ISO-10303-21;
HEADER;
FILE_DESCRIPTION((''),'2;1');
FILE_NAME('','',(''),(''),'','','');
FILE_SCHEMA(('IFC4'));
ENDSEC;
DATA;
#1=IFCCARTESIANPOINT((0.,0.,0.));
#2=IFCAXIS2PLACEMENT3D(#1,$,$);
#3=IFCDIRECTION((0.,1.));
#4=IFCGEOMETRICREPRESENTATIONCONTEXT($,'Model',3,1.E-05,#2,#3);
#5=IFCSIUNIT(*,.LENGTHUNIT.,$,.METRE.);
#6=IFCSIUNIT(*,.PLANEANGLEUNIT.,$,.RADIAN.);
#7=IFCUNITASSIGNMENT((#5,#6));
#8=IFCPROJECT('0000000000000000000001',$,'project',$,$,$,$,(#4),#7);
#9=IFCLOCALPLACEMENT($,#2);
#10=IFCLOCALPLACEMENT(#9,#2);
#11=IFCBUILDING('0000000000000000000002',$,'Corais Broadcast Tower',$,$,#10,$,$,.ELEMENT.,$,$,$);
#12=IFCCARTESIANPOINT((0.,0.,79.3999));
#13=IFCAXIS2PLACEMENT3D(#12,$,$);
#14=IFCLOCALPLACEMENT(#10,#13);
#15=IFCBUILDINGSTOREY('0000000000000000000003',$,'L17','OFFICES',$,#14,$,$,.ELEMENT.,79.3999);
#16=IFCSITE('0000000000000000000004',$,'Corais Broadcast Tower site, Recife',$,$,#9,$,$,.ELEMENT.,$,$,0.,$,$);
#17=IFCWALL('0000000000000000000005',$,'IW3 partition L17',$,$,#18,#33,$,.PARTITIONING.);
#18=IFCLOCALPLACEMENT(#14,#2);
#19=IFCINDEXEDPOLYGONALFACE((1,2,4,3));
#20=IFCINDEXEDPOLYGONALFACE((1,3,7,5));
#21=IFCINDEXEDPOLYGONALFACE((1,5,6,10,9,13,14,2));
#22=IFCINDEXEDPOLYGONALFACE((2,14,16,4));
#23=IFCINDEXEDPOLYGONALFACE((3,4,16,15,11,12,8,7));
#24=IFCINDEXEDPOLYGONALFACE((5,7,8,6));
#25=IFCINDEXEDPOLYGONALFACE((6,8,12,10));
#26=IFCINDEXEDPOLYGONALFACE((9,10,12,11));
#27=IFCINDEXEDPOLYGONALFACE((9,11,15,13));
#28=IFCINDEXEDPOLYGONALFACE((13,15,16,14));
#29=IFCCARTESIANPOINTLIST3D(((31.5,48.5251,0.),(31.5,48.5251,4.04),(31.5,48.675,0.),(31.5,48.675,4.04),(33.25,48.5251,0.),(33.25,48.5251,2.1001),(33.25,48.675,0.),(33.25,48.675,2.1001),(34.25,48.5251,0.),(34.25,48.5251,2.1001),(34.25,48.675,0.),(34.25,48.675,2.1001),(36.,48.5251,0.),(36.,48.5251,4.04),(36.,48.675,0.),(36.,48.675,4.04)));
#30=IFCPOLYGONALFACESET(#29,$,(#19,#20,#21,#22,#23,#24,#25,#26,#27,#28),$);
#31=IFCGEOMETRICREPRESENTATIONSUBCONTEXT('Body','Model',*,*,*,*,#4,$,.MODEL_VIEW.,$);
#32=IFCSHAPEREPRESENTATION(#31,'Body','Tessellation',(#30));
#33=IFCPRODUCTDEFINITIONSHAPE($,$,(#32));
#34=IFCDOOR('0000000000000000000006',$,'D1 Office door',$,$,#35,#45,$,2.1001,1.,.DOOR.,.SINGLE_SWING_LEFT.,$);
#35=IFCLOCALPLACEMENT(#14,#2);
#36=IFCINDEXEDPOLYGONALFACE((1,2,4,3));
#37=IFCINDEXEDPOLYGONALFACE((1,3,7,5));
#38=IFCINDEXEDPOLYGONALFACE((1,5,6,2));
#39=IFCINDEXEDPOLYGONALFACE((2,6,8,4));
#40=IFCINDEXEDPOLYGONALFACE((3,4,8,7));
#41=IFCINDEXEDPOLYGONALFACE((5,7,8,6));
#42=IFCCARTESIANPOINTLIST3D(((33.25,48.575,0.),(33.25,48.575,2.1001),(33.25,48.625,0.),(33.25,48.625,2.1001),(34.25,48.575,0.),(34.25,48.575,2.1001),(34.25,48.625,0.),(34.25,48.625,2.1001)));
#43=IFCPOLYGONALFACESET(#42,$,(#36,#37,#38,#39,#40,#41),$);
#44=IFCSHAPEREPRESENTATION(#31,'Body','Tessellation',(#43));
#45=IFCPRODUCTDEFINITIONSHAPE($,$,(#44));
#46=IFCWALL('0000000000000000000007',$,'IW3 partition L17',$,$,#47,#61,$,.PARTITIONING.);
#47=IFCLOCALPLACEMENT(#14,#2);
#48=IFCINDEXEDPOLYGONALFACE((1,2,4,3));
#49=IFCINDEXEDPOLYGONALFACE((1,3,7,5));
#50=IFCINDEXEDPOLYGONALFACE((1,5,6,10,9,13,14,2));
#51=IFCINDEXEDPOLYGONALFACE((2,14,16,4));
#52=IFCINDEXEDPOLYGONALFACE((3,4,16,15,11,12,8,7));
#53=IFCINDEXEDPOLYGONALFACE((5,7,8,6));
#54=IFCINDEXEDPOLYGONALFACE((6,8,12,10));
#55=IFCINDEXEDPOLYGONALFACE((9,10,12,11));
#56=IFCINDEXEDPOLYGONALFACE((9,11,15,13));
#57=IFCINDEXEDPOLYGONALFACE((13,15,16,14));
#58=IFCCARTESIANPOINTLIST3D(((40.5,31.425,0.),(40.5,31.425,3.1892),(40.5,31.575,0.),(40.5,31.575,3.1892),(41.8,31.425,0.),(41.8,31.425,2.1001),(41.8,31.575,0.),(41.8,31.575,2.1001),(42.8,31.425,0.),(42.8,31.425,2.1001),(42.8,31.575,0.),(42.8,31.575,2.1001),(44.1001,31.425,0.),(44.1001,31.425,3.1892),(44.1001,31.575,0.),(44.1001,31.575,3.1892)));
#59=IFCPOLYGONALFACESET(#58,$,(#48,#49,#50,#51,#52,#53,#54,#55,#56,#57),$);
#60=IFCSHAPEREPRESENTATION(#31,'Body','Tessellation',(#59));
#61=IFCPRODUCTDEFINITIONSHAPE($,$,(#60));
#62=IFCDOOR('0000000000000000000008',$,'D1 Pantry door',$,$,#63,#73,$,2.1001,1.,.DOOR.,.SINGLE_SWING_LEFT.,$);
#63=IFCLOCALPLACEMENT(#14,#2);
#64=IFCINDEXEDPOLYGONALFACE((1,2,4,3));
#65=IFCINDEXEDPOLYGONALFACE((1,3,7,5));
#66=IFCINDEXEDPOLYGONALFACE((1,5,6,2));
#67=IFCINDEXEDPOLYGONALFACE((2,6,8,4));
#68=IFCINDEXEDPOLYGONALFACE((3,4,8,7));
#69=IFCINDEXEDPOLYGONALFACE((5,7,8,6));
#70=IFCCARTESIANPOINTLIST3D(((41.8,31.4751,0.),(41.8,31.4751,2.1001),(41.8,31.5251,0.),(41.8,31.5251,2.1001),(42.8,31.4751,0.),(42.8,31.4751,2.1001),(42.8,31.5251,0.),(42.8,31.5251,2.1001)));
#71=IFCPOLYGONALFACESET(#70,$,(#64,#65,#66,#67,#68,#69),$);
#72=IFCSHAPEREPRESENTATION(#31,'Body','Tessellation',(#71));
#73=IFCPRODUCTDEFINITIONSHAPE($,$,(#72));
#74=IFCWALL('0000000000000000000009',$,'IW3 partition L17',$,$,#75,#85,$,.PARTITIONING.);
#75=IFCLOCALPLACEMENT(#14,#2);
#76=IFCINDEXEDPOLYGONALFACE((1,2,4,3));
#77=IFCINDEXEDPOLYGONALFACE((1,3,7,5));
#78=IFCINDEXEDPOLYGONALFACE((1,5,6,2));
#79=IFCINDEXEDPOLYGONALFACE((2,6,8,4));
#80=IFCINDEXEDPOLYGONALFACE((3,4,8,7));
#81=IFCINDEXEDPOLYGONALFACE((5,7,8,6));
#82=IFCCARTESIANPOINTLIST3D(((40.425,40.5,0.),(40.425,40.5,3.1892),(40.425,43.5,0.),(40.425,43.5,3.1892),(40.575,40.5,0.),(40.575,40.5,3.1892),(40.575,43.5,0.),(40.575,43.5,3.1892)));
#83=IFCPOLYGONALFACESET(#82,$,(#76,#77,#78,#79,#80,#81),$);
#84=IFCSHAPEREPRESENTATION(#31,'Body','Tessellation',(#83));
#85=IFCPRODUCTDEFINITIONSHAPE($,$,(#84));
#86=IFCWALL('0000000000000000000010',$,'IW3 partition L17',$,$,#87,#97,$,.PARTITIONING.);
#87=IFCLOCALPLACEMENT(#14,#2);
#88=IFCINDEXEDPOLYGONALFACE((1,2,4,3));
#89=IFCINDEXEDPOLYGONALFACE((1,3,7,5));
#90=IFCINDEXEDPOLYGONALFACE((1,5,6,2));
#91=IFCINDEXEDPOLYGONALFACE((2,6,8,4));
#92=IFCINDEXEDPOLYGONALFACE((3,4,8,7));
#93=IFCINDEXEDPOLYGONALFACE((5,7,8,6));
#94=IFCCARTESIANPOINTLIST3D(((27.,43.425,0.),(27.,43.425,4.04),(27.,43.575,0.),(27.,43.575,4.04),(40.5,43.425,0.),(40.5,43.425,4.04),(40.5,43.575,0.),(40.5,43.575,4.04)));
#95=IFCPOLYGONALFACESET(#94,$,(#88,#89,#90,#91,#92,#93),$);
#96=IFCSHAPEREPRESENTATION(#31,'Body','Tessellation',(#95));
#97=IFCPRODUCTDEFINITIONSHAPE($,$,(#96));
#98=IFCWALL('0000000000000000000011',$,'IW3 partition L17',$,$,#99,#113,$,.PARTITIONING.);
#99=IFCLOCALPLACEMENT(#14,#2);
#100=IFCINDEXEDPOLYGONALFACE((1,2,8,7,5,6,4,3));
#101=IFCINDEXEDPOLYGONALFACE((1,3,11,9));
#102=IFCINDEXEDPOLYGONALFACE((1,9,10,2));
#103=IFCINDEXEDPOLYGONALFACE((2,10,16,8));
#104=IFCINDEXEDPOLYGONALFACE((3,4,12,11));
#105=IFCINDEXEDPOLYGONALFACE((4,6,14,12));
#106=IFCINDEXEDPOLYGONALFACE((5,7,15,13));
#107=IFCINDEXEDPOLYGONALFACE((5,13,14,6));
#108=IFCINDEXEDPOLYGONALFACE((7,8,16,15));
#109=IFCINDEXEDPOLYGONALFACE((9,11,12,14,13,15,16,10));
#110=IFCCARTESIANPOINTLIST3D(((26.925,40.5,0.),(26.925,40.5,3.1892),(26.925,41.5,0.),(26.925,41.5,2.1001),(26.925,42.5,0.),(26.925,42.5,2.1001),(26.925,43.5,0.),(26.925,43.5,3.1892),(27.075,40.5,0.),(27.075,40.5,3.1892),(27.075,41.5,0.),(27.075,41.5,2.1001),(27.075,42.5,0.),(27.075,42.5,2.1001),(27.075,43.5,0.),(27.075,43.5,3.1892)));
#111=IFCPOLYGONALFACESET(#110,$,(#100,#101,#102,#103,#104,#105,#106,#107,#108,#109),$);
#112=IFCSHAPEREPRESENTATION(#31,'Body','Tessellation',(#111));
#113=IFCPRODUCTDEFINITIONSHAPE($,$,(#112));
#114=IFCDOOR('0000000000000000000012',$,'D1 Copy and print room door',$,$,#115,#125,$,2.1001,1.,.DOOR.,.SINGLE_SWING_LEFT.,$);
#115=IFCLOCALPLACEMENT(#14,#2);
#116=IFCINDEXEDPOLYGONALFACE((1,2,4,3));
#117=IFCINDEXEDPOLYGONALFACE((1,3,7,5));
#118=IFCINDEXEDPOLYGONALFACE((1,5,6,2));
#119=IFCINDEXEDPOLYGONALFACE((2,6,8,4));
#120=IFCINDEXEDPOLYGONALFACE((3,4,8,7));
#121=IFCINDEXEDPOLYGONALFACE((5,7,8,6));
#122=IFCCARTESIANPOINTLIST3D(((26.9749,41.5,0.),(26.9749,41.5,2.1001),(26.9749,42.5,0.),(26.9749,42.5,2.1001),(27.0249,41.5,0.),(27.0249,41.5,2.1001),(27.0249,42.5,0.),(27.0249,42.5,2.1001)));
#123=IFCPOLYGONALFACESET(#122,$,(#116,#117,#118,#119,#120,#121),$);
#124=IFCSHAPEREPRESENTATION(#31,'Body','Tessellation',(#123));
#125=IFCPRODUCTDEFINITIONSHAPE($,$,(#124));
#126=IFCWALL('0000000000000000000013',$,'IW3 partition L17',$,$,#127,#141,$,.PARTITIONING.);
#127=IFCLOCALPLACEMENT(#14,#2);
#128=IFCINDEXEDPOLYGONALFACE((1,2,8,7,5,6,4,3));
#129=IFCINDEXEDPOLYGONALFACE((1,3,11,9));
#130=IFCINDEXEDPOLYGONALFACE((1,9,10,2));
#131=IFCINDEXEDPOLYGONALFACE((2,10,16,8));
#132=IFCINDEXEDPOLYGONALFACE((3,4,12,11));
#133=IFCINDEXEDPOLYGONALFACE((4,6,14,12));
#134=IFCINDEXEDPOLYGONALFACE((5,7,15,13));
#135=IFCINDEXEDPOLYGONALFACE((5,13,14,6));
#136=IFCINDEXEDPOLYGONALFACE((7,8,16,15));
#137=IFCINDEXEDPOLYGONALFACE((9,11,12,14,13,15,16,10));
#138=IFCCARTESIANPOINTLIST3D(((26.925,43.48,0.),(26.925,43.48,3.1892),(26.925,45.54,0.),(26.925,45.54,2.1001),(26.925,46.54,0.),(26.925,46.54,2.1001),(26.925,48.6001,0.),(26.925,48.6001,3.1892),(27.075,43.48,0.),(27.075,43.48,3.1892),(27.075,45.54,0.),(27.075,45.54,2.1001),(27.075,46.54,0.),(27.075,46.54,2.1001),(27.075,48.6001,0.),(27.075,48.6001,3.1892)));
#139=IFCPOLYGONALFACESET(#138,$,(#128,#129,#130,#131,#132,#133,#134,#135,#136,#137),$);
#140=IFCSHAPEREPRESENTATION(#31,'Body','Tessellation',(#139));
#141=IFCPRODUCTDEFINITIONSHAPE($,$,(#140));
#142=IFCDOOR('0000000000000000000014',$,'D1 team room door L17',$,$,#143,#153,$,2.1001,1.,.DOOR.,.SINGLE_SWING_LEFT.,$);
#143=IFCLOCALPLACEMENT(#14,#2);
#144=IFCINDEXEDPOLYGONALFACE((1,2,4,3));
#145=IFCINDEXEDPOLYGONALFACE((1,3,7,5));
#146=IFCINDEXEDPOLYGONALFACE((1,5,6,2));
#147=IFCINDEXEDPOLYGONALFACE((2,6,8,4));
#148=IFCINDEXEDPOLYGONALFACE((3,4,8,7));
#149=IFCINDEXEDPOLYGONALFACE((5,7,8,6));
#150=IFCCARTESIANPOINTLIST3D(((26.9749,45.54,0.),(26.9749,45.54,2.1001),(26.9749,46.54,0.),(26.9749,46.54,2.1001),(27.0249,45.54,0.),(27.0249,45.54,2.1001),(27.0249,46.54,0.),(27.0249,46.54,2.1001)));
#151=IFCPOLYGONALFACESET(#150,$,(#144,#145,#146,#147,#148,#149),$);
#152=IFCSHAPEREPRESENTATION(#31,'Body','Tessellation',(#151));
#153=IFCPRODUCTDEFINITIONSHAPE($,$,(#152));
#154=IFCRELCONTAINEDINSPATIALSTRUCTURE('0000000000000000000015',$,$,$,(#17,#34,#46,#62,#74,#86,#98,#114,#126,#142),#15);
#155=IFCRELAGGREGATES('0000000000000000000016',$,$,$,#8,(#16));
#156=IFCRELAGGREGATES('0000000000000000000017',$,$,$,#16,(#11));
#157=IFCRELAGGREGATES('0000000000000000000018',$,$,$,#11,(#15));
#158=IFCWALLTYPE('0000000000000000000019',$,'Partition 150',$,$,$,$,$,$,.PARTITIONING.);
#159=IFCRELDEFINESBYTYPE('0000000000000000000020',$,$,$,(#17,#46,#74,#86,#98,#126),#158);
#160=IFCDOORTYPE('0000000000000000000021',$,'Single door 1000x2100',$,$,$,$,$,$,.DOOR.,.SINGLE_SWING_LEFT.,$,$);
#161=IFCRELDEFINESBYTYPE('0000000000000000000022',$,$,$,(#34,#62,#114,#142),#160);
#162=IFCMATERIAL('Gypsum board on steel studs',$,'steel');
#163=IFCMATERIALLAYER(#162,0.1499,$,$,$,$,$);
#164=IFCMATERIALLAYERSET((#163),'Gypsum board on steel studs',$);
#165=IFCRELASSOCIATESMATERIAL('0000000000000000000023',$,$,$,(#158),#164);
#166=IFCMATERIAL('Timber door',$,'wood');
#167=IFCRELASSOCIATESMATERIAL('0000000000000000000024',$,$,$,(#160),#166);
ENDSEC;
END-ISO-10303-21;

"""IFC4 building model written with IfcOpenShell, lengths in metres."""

from ifc_helpers import new_model, si_unit, direction, frame, frame_2d, origin, place, context, subcontext, project, spatial, rectangle, extrude, material, layer, layer_set, type_object, element, fill, save


model = new_model("IFC4")

# Units and contexts
model_context = context("Model", 3, precision=1e-05, world=origin(), true_north=direction((0.0, 1.0)))
body_context = subcontext(model_context, "Body", "Model", "MODEL_VIEW")
ifc_project = project(units=[si_unit("LENGTHUNIT", "METRE"), si_unit("PLANEANGLEUNIT", "RADIAN")], contexts=[model_context])

# Site, building, storey
site_placement = place(None, origin())
site = spatial("IfcSite", under=ifc_project, at=site_placement, Name="Corais Broadcast Tower site, Recife", CompositionType="ELEMENT", RefElevation=0.0)
building_placement = place(site_placement, origin())
building = spatial("IfcBuilding", under=site, at=building_placement, Name="Corais Broadcast Tower", CompositionType="ELEMENT")
storey_placement = place(building_placement, frame((0.0, 0.0, 79.3999)))
storey = spatial("IfcBuildingStorey", under=building, at=storey_placement, Name="L17", Description="OFFICES", CompositionType="ELEMENT", Elevation=79.3999)

# Shared definitions
ifc_material_1 = material(Name="Gypsum board on steel studs", Category="steel")
ifc_layer_1 = layer(ifc_material_1, 0.1499)
ifc_layer_set_1 = layer_set([ifc_layer_1], Name="Gypsum board on steel studs")
wall_type_1 = type_object("IfcWallType", Name="Partition 150", PredefinedType="PARTITIONING", material=ifc_layer_set_1)

# Shared definitions
ifc_material_2 = material(Name="Timber door", Category="wood")
door_type = type_object("IfcDoorType", Name="Single door 1000x2100", OperationType="SINGLE_SWING_LEFT", PredefinedType="DOOR", material=ifc_material_2)

# Walls, openings, doors
wall_1_placement = place(storey_placement, frame((31.5, 48.6001, 0.0), z_axis=(0.0, 0.0, 1.0), x_axis=(1.0, 0.0, 0.0)))
wall_1 = element("IfcWall", 1, at=wall_1_placement, inside=storey, type_object=wall_type_1, Name="IW3 partition L17", PredefinedType="PARTITIONING", context=body_context, shape_type="SweptSolid", body=[
    extrude(rectangle(XDim=4.5, YDim=0.1499, at=frame_2d((2.25, 0.0))), origin(), (0.0, 0.0, 1.0), 4.04),
])
opening_1_placement = place(wall_1_placement, frame((1.75, 0.0, 0.0)))
opening_1 = element("IfcOpeningElement", 2, at=opening_1_placement, cuts=wall_1, PredefinedType="OPENING", context=body_context, shape_type="SweptSolid", body=[
    extrude(rectangle(XDim=1.0, YDim=2.1001, at=frame_2d((0.5, 1.05))), frame((0.0, 0.085, 0.0), z_axis=(0.0, -1.0, 0.0), x_axis=(1.0, 0.0, 0.0)), (0.0, 0.0, 1.0), 0.1699),
])
door_1_placement = place(opening_1_placement, origin())
door_1 = element("IfcDoor", 3, at=door_1_placement, inside=storey, type_object=door_type, Name="D1 Office door", OperationType="SINGLE_SWING_LEFT", OverallHeight=2.1001, OverallWidth=1.0, PredefinedType="DOOR", context=body_context, shape_type="SweptSolid", body=[
    extrude(rectangle(XDim=1.0, YDim=2.1001, at=frame_2d((0.5, 1.05))), frame((0.0, 0.0249, 0.0), z_axis=(0.0, -1.0, 0.0), x_axis=(1.0, 0.0, 0.0)), (0.0, 0.0, 1.0), 0.05),
])
fill(opening_1, door_1)
wall_2_placement = place(storey_placement, frame((44.1001, 31.5, 0.0), z_axis=(0.0, 0.0, 1.0), x_axis=(-1.0, 0.0, 0.0)))
wall_2 = element("IfcWall", 4, at=wall_2_placement, inside=storey, type_object=wall_type_1, Name="IW3 partition L17", PredefinedType="PARTITIONING", context=body_context, shape_type="SweptSolid", body=[
    extrude(rectangle(XDim=3.6001, YDim=0.1499, at=frame_2d((1.8, 0.0))), origin(), (0.0, 0.0, 1.0), 3.1892),
])
opening_2_placement = place(wall_2_placement, frame((1.3, 0.0, 0.0)))
opening_2 = element("IfcOpeningElement", 5, at=opening_2_placement, cuts=wall_2, PredefinedType="OPENING", context=body_context, shape_type="SweptSolid", body=[
    extrude(rectangle(XDim=1.0, YDim=2.1001, at=frame_2d((0.5, 1.05))), frame((0.0, 0.085, 0.0), z_axis=(0.0, -1.0, 0.0), x_axis=(1.0, 0.0, 0.0)), (0.0, 0.0, 1.0), 0.1699),
])
door_2_placement = place(opening_2_placement, origin())
door_2 = element("IfcDoor", 6, at=door_2_placement, inside=storey, type_object=door_type, Name="D1 Pantry door", OperationType="SINGLE_SWING_LEFT", OverallHeight=2.1001, OverallWidth=1.0, PredefinedType="DOOR", context=body_context, shape_type="SweptSolid", body=[
    extrude(rectangle(XDim=1.0, YDim=2.1001, at=frame_2d((0.5, 1.05))), frame((0.0, 0.0249, 0.0), z_axis=(0.0, -1.0, 0.0), x_axis=(1.0, 0.0, 0.0)), (0.0, 0.0, 1.0), 0.05),
])
fill(opening_2, door_2)

# Walls
wall_3_placement = place(storey_placement, frame((40.5, 40.5, 0.0), z_axis=(0.0, 0.0, 1.0), x_axis=(0.0, 1.0, 0.0)))
element("IfcWall", 7, at=wall_3_placement, inside=storey, type_object=wall_type_1, Name="IW3 partition L17", PredefinedType="PARTITIONING", context=body_context, shape_type="SweptSolid", body=[
    extrude(rectangle(XDim=3.0, YDim=0.1499, at=frame_2d((1.5, 0.0))), origin(), (0.0, 0.0, 1.0), 3.1892),
])
wall_4_placement = place(storey_placement, frame((40.5, 43.5, 0.0), z_axis=(0.0, 0.0, 1.0), x_axis=(-1.0, 0.0, 0.0)))
element("IfcWall", 8, at=wall_4_placement, inside=storey, type_object=wall_type_1, Name="IW3 partition L17", PredefinedType="PARTITIONING", context=body_context, shape_type="SweptSolid", body=[
    extrude(rectangle(XDim=13.5, YDim=0.1499, at=frame_2d((6.75, 0.0))), origin(), (0.0, 0.0, 1.0), 4.04),
])

# Walls, openings, doors
wall_5_placement = place(storey_placement, frame((27.0, 43.5, 0.0), z_axis=(0.0, 0.0, 1.0), x_axis=(0.0, -1.0, 0.0)))
wall_5 = element("IfcWall", 9, at=wall_5_placement, inside=storey, type_object=wall_type_1, Name="IW3 partition L17", PredefinedType="PARTITIONING", context=body_context, shape_type="SweptSolid", body=[
    extrude(rectangle(XDim=3.0, YDim=0.1499, at=frame_2d((1.5, 0.0))), origin(), (0.0, 0.0, 1.0), 3.1892),
])
opening_3_placement = place(wall_5_placement, frame((1.0, 0.0, 0.0)))
opening_3 = element("IfcOpeningElement", 10, at=opening_3_placement, cuts=wall_5, PredefinedType="OPENING", context=body_context, shape_type="SweptSolid", body=[
    extrude(rectangle(XDim=1.0, YDim=2.1001, at=frame_2d((0.5, 1.05))), frame((0.0, 0.085, 0.0), z_axis=(0.0, -1.0, 0.0), x_axis=(1.0, 0.0, 0.0)), (0.0, 0.0, 1.0), 0.1699),
])
door_3_placement = place(opening_3_placement, origin())
door_3 = element("IfcDoor", 11, at=door_3_placement, inside=storey, type_object=door_type, Name="D1 Copy and print room door", OperationType="SINGLE_SWING_LEFT", OverallHeight=2.1001, OverallWidth=1.0, PredefinedType="DOOR", context=body_context, shape_type="SweptSolid", body=[
    extrude(rectangle(XDim=1.0, YDim=2.1001, at=frame_2d((0.5, 1.05))), frame((0.0, 0.0249, 0.0), z_axis=(0.0, -1.0, 0.0), x_axis=(1.0, 0.0, 0.0)), (0.0, 0.0, 1.0), 0.05),
])
fill(opening_3, door_3)
wall_6_placement = place(storey_placement, frame((27.0, 48.6001, 0.0), z_axis=(0.0, 0.0, 1.0), x_axis=(0.0, -1.0, 0.0)))
wall_6 = element("IfcWall", 12, at=wall_6_placement, inside=storey, type_object=wall_type_1, Name="IW3 partition L17", PredefinedType="PARTITIONING", context=body_context, shape_type="SweptSolid", body=[
    extrude(rectangle(XDim=5.1201, YDim=0.1499, at=frame_2d((2.5601, 0.0))), origin(), (0.0, 0.0, 1.0), 3.1892),
])
opening_4_placement = place(wall_6_placement, frame((2.0601, 0.0, 0.0)))
opening_4 = element("IfcOpeningElement", 13, at=opening_4_placement, cuts=wall_6, PredefinedType="OPENING", context=body_context, shape_type="SweptSolid", body=[
    extrude(rectangle(XDim=1.0, YDim=2.1001, at=frame_2d((0.5, 1.05))), frame((0.0, 0.085, 0.0), z_axis=(0.0, -1.0, 0.0), x_axis=(1.0, 0.0, 0.0)), (0.0, 0.0, 1.0), 0.1699),
])
door_4_placement = place(opening_4_placement, origin())
door_4 = element("IfcDoor", 14, at=door_4_placement, inside=storey, type_object=door_type, Name="D1 team room door L17", OperationType="SINGLE_SWING_LEFT", OverallHeight=2.1001, OverallWidth=1.0, PredefinedType="DOOR", context=body_context, shape_type="SweptSolid", body=[
    extrude(rectangle(XDim=1.0, YDim=2.1001, at=frame_2d((0.5, 1.05))), frame((0.0, 0.0249, 0.0), z_axis=(0.0, -1.0, 0.0), x_axis=(1.0, 0.0, 0.0)), (0.0, 0.0, 1.0), 0.05),
])
fill(opening_4, door_4)

save(model, "model.ifc")
